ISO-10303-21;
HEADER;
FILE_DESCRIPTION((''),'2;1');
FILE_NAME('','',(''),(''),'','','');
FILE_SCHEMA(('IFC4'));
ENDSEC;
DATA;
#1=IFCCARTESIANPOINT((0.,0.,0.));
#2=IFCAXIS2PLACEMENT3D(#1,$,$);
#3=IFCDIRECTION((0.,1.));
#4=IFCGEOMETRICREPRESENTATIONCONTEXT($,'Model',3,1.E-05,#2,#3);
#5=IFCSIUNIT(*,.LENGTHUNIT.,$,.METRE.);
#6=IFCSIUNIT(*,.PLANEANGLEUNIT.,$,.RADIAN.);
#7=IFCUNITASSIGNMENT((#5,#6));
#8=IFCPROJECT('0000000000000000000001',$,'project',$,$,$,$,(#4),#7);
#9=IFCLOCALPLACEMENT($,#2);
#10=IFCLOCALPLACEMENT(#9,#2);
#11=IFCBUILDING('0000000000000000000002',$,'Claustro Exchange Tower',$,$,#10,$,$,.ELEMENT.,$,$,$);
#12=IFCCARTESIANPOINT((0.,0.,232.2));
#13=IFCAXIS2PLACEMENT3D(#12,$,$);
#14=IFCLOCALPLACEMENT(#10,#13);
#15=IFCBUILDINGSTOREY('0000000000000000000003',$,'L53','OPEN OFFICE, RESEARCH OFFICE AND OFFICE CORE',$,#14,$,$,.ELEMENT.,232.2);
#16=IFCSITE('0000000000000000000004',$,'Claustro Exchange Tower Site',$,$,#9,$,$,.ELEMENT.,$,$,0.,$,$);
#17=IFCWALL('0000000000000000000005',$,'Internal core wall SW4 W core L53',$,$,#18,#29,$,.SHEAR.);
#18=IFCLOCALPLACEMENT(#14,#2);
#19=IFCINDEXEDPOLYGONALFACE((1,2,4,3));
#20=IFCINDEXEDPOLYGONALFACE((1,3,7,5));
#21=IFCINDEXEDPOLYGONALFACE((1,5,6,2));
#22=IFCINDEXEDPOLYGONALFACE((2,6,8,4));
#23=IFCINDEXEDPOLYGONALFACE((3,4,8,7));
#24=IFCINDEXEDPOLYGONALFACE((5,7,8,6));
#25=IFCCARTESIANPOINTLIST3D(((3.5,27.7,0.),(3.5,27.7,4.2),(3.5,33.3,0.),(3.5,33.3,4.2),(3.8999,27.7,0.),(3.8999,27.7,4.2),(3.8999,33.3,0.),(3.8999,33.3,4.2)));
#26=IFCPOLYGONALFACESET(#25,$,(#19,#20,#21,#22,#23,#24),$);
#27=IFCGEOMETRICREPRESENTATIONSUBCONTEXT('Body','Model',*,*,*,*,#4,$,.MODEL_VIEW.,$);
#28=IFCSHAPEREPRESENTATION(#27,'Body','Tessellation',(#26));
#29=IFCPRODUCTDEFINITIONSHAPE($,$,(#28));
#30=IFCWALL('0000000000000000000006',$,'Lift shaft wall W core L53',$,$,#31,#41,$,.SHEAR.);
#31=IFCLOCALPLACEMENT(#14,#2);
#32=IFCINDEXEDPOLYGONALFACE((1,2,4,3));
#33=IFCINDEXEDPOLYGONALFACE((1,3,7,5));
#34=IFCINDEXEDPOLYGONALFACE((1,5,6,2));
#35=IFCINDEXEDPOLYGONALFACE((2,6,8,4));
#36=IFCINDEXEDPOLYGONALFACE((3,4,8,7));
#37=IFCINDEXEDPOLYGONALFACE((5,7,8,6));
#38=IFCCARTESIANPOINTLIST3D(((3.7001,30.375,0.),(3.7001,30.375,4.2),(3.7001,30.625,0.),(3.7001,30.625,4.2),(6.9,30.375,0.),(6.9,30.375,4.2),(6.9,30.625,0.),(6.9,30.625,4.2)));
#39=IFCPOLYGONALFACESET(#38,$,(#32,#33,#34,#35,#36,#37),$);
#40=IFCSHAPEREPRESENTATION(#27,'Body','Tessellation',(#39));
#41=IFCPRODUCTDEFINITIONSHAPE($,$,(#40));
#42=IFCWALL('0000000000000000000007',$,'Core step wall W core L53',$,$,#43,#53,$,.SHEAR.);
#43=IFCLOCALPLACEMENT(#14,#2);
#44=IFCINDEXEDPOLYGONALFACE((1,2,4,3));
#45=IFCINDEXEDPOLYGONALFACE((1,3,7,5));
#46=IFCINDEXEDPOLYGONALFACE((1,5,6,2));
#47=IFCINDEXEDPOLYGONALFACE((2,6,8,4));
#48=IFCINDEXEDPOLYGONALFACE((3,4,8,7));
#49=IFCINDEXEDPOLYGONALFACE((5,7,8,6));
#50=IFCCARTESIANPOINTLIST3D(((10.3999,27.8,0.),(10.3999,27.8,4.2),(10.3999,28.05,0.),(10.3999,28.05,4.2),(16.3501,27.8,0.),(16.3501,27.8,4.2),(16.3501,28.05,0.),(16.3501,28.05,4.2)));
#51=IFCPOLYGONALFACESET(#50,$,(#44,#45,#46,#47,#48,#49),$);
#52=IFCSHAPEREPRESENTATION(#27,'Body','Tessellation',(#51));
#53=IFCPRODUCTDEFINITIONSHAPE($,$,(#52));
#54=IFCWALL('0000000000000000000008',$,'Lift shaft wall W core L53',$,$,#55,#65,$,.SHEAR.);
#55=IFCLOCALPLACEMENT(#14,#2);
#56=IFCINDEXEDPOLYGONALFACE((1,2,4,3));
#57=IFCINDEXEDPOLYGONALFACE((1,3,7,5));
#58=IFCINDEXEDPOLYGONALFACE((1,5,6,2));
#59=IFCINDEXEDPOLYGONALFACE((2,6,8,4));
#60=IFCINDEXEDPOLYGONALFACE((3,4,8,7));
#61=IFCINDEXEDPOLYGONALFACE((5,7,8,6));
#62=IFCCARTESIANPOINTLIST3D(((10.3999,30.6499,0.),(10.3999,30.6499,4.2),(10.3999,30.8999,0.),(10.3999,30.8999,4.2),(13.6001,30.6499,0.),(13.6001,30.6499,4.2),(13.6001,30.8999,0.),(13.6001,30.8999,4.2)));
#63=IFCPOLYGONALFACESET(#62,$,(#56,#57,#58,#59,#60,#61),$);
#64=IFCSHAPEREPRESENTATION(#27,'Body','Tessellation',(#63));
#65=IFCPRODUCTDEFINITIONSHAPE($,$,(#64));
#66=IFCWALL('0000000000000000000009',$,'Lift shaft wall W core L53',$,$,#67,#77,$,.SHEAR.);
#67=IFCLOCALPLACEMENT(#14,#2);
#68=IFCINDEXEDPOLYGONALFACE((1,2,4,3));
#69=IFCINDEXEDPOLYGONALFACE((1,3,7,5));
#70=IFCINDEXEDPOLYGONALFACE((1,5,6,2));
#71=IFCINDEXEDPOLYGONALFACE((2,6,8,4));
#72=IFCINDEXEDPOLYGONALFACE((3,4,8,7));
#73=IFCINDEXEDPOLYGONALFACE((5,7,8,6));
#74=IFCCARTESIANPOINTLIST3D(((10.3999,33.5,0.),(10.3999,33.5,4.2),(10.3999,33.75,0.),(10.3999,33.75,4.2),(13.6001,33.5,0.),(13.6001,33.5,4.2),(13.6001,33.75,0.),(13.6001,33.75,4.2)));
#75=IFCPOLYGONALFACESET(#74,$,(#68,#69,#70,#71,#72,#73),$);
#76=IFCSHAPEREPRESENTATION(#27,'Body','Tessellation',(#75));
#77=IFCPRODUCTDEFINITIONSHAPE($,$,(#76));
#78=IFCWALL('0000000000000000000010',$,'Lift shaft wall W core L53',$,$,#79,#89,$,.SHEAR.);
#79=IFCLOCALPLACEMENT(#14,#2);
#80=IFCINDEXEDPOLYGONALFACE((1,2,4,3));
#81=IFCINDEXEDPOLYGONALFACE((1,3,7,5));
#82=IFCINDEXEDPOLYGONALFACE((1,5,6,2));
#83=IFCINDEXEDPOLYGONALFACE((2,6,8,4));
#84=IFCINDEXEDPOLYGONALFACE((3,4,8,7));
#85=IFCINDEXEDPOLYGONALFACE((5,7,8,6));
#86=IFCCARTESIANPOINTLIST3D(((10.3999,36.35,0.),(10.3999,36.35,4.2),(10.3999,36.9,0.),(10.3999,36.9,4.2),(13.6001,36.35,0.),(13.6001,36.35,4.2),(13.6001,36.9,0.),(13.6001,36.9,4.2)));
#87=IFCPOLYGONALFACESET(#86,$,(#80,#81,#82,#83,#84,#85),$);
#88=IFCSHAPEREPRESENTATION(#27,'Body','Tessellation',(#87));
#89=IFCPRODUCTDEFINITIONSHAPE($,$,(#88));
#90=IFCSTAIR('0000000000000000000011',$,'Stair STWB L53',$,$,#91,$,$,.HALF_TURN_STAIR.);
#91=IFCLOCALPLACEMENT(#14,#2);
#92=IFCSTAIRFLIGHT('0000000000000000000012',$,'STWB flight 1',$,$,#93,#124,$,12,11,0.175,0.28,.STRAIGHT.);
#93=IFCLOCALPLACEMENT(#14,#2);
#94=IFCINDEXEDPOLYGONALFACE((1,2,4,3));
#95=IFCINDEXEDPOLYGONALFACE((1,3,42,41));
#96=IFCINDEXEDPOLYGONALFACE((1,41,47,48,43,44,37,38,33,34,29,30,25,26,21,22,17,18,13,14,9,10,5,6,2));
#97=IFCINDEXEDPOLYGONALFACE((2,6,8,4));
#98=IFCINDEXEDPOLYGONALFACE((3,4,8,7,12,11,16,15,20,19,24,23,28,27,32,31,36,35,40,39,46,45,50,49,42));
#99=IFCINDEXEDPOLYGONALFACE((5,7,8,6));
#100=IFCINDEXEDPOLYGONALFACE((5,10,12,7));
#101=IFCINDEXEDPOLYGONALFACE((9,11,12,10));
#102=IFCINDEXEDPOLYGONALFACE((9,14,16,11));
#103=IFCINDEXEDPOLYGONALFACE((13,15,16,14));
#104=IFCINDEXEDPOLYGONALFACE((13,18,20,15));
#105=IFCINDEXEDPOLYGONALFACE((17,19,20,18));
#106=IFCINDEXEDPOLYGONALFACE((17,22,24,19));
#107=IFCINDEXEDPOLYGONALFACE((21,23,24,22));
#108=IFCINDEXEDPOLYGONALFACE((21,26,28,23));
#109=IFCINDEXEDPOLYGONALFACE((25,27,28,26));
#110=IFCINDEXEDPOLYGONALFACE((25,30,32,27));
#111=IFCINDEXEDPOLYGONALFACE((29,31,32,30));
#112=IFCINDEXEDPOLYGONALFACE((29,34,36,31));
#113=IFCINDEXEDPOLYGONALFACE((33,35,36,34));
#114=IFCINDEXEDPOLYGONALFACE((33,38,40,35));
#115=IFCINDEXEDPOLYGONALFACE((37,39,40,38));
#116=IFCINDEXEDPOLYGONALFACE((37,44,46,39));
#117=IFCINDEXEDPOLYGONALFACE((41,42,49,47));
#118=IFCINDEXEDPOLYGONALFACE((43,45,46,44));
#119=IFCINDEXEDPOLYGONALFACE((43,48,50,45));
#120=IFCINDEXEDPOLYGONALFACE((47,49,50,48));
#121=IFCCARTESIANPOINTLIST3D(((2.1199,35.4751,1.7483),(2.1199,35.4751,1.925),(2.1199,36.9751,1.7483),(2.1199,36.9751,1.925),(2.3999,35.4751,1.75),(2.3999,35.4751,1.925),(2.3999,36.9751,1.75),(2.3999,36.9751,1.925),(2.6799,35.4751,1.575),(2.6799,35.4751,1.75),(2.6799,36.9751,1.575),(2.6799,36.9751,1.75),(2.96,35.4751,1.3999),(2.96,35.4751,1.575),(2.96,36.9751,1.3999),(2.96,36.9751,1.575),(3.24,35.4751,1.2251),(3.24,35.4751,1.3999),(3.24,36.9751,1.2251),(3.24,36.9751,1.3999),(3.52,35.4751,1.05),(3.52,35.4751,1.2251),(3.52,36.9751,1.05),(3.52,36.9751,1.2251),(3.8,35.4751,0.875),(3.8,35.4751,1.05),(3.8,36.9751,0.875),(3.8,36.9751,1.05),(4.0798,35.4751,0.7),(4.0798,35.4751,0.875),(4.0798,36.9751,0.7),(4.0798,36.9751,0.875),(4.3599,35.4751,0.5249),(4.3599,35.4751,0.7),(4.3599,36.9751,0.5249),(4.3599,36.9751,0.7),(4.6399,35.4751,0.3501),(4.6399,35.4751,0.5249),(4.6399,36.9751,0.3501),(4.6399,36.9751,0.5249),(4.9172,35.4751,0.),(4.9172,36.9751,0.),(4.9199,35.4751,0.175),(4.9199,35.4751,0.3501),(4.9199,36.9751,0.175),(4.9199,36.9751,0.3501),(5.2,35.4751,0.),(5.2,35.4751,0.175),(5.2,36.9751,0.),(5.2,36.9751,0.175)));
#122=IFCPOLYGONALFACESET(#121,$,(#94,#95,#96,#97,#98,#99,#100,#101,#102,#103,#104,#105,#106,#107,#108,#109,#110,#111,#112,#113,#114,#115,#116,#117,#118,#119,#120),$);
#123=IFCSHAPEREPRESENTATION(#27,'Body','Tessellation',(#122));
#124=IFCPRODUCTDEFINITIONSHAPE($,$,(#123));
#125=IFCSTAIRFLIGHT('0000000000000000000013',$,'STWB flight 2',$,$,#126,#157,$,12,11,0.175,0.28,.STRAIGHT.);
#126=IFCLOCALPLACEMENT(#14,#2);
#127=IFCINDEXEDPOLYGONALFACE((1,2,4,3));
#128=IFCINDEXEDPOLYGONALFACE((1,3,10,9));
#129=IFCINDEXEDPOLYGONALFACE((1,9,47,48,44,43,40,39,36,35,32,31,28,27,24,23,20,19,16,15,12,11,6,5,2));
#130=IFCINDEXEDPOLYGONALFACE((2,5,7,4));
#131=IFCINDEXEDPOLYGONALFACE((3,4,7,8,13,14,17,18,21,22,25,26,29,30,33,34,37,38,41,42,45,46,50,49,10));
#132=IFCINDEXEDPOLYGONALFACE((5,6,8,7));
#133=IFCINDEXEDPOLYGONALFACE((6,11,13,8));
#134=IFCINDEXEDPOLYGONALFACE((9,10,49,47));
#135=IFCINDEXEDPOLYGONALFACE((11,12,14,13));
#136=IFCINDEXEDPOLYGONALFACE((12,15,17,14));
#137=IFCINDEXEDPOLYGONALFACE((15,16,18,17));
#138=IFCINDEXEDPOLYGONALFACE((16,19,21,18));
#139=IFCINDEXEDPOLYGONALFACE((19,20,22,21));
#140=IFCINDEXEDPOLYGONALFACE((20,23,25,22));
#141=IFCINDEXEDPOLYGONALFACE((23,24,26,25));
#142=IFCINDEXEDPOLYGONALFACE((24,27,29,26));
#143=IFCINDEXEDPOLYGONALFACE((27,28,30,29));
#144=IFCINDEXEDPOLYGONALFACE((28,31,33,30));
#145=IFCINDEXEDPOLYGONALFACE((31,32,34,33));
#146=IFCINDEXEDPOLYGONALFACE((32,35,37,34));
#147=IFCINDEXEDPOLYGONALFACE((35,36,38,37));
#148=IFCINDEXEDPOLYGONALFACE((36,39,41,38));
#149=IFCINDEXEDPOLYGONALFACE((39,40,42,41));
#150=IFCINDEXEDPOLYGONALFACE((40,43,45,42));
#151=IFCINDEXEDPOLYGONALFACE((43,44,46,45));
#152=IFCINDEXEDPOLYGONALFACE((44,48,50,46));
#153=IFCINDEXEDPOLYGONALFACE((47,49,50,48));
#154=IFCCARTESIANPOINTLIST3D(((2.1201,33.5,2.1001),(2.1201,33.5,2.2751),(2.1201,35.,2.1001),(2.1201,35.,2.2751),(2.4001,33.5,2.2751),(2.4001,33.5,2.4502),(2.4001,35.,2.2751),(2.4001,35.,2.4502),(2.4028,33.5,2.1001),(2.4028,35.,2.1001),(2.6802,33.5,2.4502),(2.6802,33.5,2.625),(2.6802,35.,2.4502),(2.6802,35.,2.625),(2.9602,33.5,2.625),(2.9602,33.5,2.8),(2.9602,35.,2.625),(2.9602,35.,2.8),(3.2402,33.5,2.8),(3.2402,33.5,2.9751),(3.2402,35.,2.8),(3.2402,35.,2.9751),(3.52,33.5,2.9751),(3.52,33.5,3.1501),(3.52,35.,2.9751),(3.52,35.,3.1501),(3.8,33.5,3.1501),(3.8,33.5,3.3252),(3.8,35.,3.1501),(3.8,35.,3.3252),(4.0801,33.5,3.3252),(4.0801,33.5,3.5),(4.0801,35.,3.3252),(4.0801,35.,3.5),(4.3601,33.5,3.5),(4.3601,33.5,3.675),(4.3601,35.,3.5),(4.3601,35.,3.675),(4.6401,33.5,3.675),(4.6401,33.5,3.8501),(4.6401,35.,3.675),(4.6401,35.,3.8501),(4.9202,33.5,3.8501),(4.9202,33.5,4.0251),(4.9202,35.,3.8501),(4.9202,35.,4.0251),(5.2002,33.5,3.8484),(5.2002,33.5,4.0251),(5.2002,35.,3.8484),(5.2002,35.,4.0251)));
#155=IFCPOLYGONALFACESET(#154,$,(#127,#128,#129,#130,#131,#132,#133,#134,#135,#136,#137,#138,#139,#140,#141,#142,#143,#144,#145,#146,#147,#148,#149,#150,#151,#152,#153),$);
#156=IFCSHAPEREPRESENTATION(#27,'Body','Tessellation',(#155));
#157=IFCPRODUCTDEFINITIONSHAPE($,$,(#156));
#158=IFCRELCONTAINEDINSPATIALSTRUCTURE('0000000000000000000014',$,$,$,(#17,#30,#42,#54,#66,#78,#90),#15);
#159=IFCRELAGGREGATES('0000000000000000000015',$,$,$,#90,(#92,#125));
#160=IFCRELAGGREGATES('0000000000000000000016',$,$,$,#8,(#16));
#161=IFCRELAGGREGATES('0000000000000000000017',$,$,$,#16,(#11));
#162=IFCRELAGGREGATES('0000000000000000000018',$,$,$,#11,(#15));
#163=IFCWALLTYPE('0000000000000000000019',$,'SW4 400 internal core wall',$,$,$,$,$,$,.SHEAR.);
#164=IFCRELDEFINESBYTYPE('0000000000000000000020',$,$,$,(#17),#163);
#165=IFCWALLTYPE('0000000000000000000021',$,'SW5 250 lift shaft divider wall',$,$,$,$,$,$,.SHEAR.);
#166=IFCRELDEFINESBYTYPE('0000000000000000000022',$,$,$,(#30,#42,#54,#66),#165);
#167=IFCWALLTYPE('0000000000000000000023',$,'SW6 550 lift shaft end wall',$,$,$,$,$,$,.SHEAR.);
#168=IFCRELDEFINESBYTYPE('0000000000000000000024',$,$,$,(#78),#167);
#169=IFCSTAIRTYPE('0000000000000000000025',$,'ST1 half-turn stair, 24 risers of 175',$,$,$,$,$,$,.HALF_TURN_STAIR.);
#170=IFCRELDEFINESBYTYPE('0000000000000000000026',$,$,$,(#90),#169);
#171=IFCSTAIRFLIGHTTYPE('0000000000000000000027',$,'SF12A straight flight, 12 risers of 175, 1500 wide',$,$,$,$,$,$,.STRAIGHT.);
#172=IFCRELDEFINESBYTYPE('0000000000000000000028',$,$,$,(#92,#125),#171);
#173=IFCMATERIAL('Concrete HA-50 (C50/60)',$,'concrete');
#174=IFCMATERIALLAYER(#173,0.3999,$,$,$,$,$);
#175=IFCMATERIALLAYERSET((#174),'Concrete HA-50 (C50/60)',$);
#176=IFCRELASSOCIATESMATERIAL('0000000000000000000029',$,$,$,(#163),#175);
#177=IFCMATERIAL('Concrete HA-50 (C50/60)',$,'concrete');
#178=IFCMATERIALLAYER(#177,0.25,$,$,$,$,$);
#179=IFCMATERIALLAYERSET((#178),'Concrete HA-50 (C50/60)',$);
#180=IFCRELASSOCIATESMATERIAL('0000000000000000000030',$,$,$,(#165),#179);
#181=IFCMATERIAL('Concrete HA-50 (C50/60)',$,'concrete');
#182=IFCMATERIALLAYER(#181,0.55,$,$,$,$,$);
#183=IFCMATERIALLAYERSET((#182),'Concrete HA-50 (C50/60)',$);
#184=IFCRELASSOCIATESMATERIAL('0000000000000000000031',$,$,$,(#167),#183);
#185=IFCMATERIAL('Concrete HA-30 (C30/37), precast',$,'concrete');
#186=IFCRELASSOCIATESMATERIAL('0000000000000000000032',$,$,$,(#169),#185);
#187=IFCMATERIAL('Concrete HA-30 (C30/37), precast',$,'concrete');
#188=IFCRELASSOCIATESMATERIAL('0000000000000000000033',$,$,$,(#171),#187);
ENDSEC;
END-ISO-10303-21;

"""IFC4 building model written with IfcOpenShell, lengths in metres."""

from ifc_helpers import new_model, si_unit, direction, frame, frame_2d, origin, place, context, subcontext, project, spatial, polyline, rectangle, outline, extrude, material, layer, layer_set, type_object, element, aggregate, save


model = new_model("IFC4")

# Units and contexts
model_context = context("Model", 3, precision=1e-05, world=origin(), true_north=direction((0.0, 1.0)))
body_context = subcontext(model_context, "Body", "Model", "MODEL_VIEW")
ifc_project = project(units=[si_unit("LENGTHUNIT", "METRE"), si_unit("PLANEANGLEUNIT", "RADIAN")], contexts=[model_context])

# Site, building, storey
site_placement = place(None, origin())
site = spatial("IfcSite", under=ifc_project, at=site_placement, Name="Claustro Exchange Tower Site", CompositionType="ELEMENT", RefElevation=0.0)
building_placement = place(site_placement, origin())
building = spatial("IfcBuilding", under=site, at=building_placement, Name="Claustro Exchange Tower", CompositionType="ELEMENT")
storey_placement = place(building_placement, frame((0.0, 0.0, 232.2)))
storey = spatial("IfcBuildingStorey", under=building, at=storey_placement, Name="L53", Description="OPEN OFFICE, RESEARCH OFFICE AND OFFICE CORE", CompositionType="ELEMENT", Elevation=232.2)

# Walls
ifc_material_1 = material(Name="Concrete HA-50 (C50/60)", Category="concrete")
ifc_layer_1 = layer(ifc_material_1, 0.3999)
ifc_layer_set_1 = layer_set([ifc_layer_1], Name="Concrete HA-50 (C50/60)")
wall_type_1 = type_object("IfcWallType", Name="SW4 400 internal core wall", PredefinedType="SHEAR", material=ifc_layer_set_1)
wall_1_placement = place(storey_placement, frame((3.7, 27.7, 0.0), z_axis=(0.0, 0.0, 1.0), x_axis=(0.0, 1.0, 0.0)))
element("IfcWall", 1, at=wall_1_placement, inside=storey, type_object=wall_type_1, Name="Internal core wall SW4 W core L53", PredefinedType="SHEAR", context=body_context, shape_type="SweptSolid", body=[
    extrude(rectangle(XDim=5.6001, YDim=0.3999, at=frame_2d((2.8, 0.0))), origin(), (0.0, 0.0, 1.0), 4.2),
])
ifc_material_2 = material(Name="Concrete HA-50 (C50/60)", Category="concrete")
ifc_layer_2 = layer(ifc_material_2, 0.25)
ifc_layer_set_2 = layer_set([ifc_layer_2], Name="Concrete HA-50 (C50/60)")
wall_type_2 = type_object("IfcWallType", Name="SW5 250 lift shaft divider wall", PredefinedType="SHEAR", material=ifc_layer_set_2)
wall_2_placement = place(storey_placement, frame((3.7, 30.5, 0.0), z_axis=(0.0, 0.0, 1.0), x_axis=(1.0, 0.0, 0.0)))
element("IfcWall", 2, at=wall_2_placement, inside=storey, type_object=wall_type_2, Name="Lift shaft wall W core L53", PredefinedType="SHEAR", context=body_context, shape_type="SweptSolid", body=[
    extrude(rectangle(XDim=3.2, YDim=0.25, at=frame_2d((1.6001, 0.0))), origin(), (0.0, 0.0, 1.0), 4.2),
])
wall_3_placement = place(storey_placement, frame((10.3999, 27.925, 0.0), z_axis=(0.0, 0.0, 1.0), x_axis=(1.0, 0.0, 0.0)))
element("IfcWall", 3, at=wall_3_placement, inside=storey, type_object=wall_type_2, Name="Core step wall W core L53", PredefinedType="SHEAR", context=body_context, shape_type="SweptSolid", body=[
    extrude(rectangle(XDim=5.9502, YDim=0.25, at=frame_2d((2.9751, 0.0))), origin(), (0.0, 0.0, 1.0), 4.2),
])
for number, where, z_axis, x_axis, name in (
    (4, (10.3999, 30.7749, 0.0), (0.0, 0.0, 1.0), (1.0, 0.0, 0.0), "Lift shaft wall W core L53"),
    (5, (10.3999, 33.625, 0.0), (0.0, 0.0, 1.0), (1.0, 0.0, 0.0), "Lift shaft wall W core L53"),
):
    element("IfcWall", number, at=place(storey_placement, frame(where, z_axis=z_axis, x_axis=x_axis)), inside=storey, type_object=wall_type_2, Name=name, PredefinedType="SHEAR", context=body_context, shape_type="SweptSolid", body=[
        extrude(rectangle(XDim=3.2002, YDim=0.25, at=frame_2d((1.6001, 0.0))), origin(), (0.0, 0.0, 1.0), 4.2),
    ])
ifc_material_3 = material(Name="Concrete HA-50 (C50/60)", Category="concrete")
ifc_layer_3 = layer(ifc_material_3, 0.55)
ifc_layer_set_3 = layer_set([ifc_layer_3], Name="Concrete HA-50 (C50/60)")
wall_type_3 = type_object("IfcWallType", Name="SW6 550 lift shaft end wall", PredefinedType="SHEAR", material=ifc_layer_set_3)
wall_4_placement = place(storey_placement, frame((10.3999, 36.625, 0.0), z_axis=(0.0, 0.0, 1.0), x_axis=(1.0, 0.0, 0.0)))
element("IfcWall", 6, at=wall_4_placement, inside=storey, type_object=wall_type_3, Name="Lift shaft wall W core L53", PredefinedType="SHEAR", context=body_context, shape_type="SweptSolid", body=[
    extrude(rectangle(XDim=3.2002, YDim=0.55, at=frame_2d((1.6001, 0.0))), origin(), (0.0, 0.0, 1.0), 4.2),
])

# Stair, stair flights
ifc_material_4 = material(Name="Concrete HA-30 (C30/37), precast", Category="concrete")
stair_type = type_object("IfcStairType", Name="ST1 half-turn stair, 24 risers of 175", PredefinedType="HALF_TURN_STAIR", material=ifc_material_4)
stair_placement = place(storey_placement, origin())
stair = element("IfcStair", 7, at=stair_placement, inside=storey, type_object=stair_type, Name="Stair STWB L53", PredefinedType="HALF_TURN_STAIR")
ifc_material_5 = material(Name="Concrete HA-30 (C30/37), precast", Category="concrete")
stair_flight_type = type_object("IfcStairFlightType", Name="SF12A straight flight, 12 risers of 175, 1500 wide", PredefinedType="STRAIGHT", material=ifc_material_5)
stair_flight_1_placement = place(storey_placement, frame((5.2, 36.2251, 0.0), z_axis=(0.0, 0.0, 1.0), x_axis=(-1.0, 0.0, 0.0)))
stair_flight_1 = element("IfcStairFlight", 8, at=stair_flight_1_placement, type_object=stair_flight_type, Name="STWB flight 1", NumberOfRisers=12, NumberOfTreads=11, PredefinedType="STRAIGHT", RiserHeight=0.175, TreadLength=0.28, context=body_context, shape_type="SweptSolid", body=[
    extrude(outline(polyline([(0.0, 0.0), (0.0, 0.175), (0.28, 0.175), (0.28, 0.3501), (0.5601, 0.3501), (0.5601, 0.5249), (0.8401, 0.5249), (0.8401, 0.7), (1.1201, 0.7), (1.1201, 0.875), (1.3999, 0.875), (1.3999, 1.05), (1.6799, 1.05), (1.6799, 1.2251), (1.96, 1.2251), (1.96, 1.3999), (2.24, 1.3999), (2.24, 1.575), (2.52, 1.575), (2.52, 1.75), (2.8, 1.75), (2.8, 1.925), (3.0801, 1.925), (3.0801, 2.1001), (3.0801, 1.7483), (0.2827, 0.0), (0.0, 0.0)])), frame((0.0, 0.75, 0.0), z_axis=(0.0, -1.0, 0.0), x_axis=(1.0, 0.0, 0.0)), (0.0, 0.0, 1.0), 1.5),
])
stair_flight_2_placement = place(storey_placement, frame((2.1201, 34.25, 2.1001), z_axis=(0.0, 0.0, 1.0), x_axis=(1.0, 0.0, 0.0)))
stair_flight_2 = element("IfcStairFlight", 9, at=stair_flight_2_placement, type_object=stair_flight_type, Name="STWB flight 2", NumberOfRisers=12, NumberOfTreads=11, PredefinedType="STRAIGHT", RiserHeight=0.175, TreadLength=0.28, context=body_context, shape_type="SweptSolid", body=[
    extrude(outline(polyline([(0.0, 0.0), (0.0, 0.175), (0.28, 0.175), (0.28, 0.3501), (0.5601, 0.3501), (0.5601, 0.5249), (0.8401, 0.5249), (0.8401, 0.7), (1.1201, 0.7), (1.1201, 0.875), (1.3999, 0.875), (1.3999, 1.05), (1.6799, 1.05), (1.6799, 1.2251), (1.96, 1.2251), (1.96, 1.3999), (2.24, 1.3999), (2.24, 1.575), (2.52, 1.575), (2.52, 1.75), (2.8, 1.75), (2.8, 1.925), (3.0801, 1.925), (3.0801, 2.1001), (3.0801, 1.7483), (0.2827, 0.0), (0.0, 0.0)])), frame((0.0, 0.75, 0.0), z_axis=(0.0, -1.0, 0.0), x_axis=(1.0, 0.0, 0.0)), (0.0, 0.0, 1.0), 1.5),
])
aggregate(stair, [stair_flight_1, stair_flight_2])

save(model, "model.ifc")
